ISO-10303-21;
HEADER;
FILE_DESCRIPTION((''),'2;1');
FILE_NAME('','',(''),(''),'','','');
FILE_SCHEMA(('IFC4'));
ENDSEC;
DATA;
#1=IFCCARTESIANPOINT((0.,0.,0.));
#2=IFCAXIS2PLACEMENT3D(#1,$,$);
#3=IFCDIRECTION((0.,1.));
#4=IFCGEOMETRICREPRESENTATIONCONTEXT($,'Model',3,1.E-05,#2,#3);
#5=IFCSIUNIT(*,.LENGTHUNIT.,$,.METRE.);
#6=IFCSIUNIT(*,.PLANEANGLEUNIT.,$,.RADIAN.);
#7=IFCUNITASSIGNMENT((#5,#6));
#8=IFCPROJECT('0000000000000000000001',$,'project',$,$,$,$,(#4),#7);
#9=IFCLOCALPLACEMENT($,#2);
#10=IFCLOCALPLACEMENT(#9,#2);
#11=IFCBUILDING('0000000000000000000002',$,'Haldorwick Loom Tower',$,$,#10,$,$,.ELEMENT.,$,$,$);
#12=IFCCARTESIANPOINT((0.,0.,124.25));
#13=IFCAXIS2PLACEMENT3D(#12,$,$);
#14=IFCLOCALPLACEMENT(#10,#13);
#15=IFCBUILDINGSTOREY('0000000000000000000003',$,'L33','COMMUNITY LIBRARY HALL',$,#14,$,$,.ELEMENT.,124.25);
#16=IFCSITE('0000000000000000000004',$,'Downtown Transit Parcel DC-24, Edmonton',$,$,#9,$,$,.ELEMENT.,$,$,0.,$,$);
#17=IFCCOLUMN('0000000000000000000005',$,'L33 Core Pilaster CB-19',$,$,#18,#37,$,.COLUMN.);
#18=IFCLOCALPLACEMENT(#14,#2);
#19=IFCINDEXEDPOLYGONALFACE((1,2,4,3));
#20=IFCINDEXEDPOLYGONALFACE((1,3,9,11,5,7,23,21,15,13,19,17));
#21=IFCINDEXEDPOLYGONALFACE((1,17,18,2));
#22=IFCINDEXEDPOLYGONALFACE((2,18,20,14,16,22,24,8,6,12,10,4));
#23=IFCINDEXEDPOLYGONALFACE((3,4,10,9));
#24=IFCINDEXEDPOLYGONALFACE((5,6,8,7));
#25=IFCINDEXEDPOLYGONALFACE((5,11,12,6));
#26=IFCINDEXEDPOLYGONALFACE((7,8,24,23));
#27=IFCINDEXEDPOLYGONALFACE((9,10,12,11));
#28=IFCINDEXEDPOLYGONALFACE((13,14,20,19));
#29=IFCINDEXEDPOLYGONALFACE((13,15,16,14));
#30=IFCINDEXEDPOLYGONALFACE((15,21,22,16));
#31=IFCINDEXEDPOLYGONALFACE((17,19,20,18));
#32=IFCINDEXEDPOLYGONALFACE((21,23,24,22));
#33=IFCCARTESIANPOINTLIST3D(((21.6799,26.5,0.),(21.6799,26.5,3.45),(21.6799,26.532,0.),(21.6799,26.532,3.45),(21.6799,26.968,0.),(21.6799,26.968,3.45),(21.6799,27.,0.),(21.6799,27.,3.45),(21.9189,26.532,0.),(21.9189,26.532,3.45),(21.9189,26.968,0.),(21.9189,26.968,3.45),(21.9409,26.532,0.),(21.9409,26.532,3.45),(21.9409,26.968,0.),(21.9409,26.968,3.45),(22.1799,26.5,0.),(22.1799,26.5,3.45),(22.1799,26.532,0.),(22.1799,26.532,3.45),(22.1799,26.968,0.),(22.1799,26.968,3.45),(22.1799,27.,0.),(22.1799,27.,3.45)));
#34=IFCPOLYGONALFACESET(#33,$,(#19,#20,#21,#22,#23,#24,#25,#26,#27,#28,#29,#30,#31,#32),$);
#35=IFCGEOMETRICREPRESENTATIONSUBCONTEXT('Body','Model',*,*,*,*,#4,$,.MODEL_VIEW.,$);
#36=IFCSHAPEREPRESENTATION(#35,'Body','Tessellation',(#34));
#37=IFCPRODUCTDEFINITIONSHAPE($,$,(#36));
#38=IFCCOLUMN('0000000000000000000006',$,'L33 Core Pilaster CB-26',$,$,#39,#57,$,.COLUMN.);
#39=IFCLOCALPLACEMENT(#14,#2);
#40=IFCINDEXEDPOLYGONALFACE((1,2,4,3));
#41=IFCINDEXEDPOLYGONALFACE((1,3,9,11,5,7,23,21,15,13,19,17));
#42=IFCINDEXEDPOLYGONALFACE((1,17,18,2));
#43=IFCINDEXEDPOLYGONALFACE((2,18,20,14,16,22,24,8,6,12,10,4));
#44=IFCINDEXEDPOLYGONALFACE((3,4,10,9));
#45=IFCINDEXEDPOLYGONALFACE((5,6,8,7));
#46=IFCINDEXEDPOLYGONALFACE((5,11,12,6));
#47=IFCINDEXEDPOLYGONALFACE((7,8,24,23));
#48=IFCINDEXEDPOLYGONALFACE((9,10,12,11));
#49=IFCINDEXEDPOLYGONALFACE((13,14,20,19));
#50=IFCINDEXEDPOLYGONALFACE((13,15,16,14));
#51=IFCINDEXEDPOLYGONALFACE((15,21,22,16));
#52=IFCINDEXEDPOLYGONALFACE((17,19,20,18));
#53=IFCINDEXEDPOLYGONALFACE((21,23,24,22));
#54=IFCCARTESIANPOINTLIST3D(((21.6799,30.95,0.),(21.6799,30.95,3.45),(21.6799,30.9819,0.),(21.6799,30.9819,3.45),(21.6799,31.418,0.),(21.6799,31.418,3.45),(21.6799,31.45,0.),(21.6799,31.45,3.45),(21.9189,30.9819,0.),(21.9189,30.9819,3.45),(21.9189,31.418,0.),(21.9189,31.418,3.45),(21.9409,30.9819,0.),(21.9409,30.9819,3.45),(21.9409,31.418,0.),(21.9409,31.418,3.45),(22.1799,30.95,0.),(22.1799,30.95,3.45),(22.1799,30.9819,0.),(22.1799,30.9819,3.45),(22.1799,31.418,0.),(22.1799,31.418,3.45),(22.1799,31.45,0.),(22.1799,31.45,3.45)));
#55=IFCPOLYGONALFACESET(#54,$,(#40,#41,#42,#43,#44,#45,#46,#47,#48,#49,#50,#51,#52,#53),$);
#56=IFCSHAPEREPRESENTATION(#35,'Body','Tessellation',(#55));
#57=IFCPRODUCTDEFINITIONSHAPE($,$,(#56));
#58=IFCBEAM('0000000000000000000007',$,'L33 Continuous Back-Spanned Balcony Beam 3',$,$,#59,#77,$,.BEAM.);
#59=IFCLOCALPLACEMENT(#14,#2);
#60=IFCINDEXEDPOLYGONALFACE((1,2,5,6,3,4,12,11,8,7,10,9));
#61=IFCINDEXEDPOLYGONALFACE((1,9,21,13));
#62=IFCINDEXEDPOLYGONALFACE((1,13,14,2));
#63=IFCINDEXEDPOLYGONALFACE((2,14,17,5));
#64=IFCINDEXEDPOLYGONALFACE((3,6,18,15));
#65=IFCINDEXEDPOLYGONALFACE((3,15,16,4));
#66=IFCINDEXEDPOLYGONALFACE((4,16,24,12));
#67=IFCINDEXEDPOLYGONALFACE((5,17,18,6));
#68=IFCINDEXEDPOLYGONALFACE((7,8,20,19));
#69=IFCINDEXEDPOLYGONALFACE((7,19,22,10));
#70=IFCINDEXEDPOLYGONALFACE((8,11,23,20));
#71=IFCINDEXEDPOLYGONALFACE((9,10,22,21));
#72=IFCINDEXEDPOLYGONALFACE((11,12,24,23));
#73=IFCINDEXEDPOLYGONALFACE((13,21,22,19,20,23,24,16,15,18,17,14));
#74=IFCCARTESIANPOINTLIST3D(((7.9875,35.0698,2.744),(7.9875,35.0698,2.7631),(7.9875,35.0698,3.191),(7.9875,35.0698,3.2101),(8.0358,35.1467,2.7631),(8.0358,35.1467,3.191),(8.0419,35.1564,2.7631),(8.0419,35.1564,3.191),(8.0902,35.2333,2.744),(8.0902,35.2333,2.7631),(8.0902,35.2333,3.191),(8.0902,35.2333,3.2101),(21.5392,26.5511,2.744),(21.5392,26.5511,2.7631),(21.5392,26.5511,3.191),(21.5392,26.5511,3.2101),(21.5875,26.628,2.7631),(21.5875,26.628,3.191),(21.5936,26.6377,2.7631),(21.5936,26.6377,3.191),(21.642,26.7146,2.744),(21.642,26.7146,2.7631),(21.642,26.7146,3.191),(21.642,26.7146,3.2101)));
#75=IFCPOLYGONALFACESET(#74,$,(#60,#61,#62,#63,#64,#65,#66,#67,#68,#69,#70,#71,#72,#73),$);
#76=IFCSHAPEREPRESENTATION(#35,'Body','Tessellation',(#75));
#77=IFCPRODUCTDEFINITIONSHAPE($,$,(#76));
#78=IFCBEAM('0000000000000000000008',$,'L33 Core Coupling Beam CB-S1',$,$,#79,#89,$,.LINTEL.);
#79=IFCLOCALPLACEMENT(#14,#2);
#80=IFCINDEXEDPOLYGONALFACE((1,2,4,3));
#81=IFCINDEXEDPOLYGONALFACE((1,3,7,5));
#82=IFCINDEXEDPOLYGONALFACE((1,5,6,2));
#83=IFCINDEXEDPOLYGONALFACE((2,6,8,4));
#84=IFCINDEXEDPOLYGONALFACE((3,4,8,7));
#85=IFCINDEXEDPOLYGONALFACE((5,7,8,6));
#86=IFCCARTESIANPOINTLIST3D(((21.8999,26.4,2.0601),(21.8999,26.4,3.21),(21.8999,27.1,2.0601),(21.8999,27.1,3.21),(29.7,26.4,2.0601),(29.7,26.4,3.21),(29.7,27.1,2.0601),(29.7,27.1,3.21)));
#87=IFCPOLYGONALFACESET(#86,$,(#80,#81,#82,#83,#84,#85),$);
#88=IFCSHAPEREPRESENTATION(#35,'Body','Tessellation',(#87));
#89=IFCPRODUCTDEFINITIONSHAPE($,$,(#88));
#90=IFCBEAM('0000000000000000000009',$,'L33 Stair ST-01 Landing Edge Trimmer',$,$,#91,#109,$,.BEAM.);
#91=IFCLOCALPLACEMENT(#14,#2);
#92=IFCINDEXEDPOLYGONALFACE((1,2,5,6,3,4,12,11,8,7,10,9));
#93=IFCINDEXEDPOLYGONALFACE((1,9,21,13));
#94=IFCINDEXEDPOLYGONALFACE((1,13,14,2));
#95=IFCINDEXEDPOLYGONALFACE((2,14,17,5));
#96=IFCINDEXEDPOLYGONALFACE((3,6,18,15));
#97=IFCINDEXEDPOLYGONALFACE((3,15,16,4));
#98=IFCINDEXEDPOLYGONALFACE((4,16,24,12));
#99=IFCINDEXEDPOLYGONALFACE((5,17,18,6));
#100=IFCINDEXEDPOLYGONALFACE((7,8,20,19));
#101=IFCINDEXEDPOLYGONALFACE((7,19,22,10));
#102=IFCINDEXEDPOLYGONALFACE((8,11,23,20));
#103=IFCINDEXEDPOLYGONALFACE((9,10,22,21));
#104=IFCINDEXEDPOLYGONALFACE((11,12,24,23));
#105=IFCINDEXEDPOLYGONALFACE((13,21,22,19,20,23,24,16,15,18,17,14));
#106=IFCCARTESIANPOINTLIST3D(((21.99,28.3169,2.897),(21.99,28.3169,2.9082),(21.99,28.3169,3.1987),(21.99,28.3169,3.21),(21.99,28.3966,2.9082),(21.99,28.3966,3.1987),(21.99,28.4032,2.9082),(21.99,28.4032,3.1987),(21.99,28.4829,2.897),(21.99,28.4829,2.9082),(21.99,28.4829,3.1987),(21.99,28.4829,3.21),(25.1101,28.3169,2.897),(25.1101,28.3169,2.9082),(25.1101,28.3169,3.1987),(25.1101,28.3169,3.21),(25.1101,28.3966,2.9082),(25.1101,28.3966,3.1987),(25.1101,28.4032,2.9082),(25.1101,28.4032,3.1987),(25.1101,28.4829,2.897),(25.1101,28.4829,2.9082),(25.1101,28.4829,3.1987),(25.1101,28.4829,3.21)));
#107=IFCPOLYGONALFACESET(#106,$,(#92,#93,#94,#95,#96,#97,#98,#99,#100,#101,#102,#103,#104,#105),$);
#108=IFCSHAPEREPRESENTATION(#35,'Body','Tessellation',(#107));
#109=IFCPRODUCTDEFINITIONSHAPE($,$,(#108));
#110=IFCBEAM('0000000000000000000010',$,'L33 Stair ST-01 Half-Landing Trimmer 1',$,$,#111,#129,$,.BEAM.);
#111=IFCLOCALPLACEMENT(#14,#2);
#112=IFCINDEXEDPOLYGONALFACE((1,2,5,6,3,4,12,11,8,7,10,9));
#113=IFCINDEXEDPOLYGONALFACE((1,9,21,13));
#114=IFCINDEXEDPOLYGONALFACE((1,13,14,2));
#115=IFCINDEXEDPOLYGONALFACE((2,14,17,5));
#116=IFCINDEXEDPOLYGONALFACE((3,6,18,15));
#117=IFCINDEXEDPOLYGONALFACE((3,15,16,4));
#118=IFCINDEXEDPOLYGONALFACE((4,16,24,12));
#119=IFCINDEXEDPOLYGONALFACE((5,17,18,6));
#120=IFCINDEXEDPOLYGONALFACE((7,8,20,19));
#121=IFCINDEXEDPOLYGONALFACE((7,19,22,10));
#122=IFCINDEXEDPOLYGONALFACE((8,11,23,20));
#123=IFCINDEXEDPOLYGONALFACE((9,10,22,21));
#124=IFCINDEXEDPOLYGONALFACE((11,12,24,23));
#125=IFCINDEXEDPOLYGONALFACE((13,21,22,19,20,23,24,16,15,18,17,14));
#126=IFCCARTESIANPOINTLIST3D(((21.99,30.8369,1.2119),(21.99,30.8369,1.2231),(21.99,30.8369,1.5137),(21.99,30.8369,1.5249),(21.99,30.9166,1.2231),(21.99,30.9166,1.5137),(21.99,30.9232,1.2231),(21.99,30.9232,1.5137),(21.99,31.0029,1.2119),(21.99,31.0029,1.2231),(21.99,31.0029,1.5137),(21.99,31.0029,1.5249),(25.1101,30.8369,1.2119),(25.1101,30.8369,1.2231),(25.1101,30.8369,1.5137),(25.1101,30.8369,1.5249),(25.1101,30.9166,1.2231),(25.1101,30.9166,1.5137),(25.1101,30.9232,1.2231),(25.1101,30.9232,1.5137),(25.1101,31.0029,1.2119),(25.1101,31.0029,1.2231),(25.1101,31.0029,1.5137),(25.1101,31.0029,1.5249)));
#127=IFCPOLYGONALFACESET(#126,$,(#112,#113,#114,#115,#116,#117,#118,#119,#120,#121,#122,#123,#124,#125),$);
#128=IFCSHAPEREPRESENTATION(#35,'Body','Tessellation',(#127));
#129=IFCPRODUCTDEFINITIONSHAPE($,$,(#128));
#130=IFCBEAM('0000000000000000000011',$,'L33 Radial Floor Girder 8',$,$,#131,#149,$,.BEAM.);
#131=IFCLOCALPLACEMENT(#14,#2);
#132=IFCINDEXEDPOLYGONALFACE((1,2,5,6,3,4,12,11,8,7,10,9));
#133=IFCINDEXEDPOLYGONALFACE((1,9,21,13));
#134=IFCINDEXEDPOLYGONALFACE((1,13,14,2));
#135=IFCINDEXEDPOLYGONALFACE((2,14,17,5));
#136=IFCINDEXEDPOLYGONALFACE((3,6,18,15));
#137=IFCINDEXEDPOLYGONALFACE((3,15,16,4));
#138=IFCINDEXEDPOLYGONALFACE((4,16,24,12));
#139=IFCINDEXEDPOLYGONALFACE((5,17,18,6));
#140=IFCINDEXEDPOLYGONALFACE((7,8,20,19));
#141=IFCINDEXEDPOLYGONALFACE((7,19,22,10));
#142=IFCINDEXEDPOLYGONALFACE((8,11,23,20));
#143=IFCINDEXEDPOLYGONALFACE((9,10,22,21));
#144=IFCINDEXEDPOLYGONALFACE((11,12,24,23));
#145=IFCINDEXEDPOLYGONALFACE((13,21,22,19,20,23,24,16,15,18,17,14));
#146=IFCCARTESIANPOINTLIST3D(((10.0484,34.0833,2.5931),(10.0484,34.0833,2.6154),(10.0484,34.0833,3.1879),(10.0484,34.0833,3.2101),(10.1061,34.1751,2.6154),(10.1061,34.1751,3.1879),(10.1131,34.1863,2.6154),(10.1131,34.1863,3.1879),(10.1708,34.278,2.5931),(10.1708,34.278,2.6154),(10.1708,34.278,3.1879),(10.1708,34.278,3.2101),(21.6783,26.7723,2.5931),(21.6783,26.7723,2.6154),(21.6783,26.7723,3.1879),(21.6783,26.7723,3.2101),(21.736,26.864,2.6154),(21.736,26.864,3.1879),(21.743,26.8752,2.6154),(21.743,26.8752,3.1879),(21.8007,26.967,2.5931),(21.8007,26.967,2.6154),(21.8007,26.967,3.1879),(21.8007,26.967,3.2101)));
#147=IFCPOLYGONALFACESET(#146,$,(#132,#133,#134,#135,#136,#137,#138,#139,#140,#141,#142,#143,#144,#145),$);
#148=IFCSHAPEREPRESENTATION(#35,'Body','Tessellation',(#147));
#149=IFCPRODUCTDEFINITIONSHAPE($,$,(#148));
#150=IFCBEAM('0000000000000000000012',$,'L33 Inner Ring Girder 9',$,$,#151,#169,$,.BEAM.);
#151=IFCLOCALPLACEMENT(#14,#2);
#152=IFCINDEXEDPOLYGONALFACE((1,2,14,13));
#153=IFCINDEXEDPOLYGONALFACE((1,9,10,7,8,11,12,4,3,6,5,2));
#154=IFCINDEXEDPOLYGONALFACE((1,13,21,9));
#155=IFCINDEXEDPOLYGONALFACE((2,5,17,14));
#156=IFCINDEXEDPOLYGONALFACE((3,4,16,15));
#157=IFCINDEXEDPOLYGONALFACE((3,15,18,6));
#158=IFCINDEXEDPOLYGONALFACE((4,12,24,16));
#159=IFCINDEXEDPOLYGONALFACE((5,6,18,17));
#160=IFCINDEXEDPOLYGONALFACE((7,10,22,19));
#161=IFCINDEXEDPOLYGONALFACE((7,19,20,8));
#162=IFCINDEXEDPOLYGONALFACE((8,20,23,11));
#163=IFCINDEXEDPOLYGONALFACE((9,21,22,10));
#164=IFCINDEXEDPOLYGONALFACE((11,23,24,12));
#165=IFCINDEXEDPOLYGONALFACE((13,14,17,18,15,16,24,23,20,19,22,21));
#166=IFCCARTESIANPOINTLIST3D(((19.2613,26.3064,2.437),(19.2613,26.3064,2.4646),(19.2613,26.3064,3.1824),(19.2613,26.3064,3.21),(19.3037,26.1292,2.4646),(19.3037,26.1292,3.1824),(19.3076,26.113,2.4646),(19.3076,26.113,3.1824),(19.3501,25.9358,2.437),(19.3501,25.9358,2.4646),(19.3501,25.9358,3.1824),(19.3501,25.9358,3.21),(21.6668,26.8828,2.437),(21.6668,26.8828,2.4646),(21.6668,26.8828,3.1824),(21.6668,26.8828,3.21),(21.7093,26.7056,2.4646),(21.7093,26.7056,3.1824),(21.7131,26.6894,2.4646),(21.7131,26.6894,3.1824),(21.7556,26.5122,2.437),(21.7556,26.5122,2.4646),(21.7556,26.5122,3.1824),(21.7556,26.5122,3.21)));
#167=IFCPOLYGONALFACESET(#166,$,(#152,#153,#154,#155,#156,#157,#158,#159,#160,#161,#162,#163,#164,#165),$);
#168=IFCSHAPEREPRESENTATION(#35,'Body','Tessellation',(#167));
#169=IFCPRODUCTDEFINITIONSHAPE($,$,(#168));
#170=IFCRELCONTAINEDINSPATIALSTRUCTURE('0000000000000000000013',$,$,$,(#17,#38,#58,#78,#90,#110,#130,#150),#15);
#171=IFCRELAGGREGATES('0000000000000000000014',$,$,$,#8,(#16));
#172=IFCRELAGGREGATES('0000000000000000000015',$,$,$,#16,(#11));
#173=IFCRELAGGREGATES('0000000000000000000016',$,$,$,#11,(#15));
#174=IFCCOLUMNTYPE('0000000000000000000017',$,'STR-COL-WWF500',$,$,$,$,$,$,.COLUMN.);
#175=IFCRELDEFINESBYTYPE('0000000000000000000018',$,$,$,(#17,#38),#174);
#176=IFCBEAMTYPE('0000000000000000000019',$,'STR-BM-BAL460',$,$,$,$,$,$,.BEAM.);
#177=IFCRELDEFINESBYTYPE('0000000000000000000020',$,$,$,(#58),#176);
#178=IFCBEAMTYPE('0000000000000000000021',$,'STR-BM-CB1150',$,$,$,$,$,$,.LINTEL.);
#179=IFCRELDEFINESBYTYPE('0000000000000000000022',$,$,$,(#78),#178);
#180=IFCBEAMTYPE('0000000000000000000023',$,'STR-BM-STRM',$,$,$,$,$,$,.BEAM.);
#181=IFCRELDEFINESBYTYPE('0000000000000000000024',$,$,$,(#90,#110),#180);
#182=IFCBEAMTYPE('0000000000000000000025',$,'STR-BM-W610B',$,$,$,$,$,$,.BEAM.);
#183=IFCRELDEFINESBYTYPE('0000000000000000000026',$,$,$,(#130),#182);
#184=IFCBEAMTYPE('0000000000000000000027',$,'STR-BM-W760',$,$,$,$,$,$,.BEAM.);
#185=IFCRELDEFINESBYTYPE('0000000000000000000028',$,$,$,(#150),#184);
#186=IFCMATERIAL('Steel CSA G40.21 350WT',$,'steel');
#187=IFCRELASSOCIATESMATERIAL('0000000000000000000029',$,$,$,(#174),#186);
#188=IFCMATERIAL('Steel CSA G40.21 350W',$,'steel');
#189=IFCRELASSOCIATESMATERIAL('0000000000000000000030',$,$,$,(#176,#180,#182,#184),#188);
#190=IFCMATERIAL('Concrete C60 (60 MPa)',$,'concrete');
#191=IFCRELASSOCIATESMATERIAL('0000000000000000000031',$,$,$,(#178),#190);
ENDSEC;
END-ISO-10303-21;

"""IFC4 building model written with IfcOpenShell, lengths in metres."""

from ifc_helpers import new_model, si_unit, direction, frame, origin, origin_2d, place, context, subcontext, project, spatial, rectangle, i_section, extrude, material, material_profile, profile_set, type_object, element, save


model = new_model("IFC4")

# Units and contexts
model_context = context("Model", 3, precision=1e-05, world=origin(), true_north=direction((0.0, 1.0)))
body_context = subcontext(model_context, "Body", "Model", "MODEL_VIEW")
ifc_project = project(units=[si_unit("LENGTHUNIT", "METRE"), si_unit("PLANEANGLEUNIT", "RADIAN")], contexts=[model_context])

# Site, building, storey
site_placement = place(None, origin())
site = spatial("IfcSite", under=ifc_project, at=site_placement, Name="Downtown Transit Parcel DC-24, Edmonton", CompositionType="ELEMENT", RefElevation=0.0)
building_placement = place(site_placement, origin())
building = spatial("IfcBuilding", under=site, at=building_placement, Name="Haldorwick Loom Tower", CompositionType="ELEMENT")
storey_placement = place(building_placement, frame((0.0, 0.0, 124.25)))
storey = spatial("IfcBuildingStorey", under=building, at=storey_placement, Name="L33", Description="COMMUNITY LIBRARY HALL", CompositionType="ELEMENT", Elevation=124.25)

# Columns
ifc_material_1 = material(Name="Steel CSA G40.21 350WT", Category="steel")
ifc_material_profile_1 = material_profile(ifc_material_1, i_section(OverallWidth=0.5, OverallDepth=0.5, WebThickness=0.022, FlangeThickness=0.032, at=origin_2d()), Name="WWF500X500", Category="steel")
ifc_profile_set_1 = profile_set([ifc_material_profile_1], Name="Steel CSA G40.21 350WT")
column_type = type_object("IfcColumnType", Name="STR-COL-WWF500", PredefinedType="COLUMN", material=ifc_profile_set_1)
for number, where, z_axis, x_axis, name in (
    (1, (21.9299, 26.75, 0.0), (0.0, 0.0, 1.0), (1.0, 0.0, 0.0), "L33 Core Pilaster CB-19"),
    (2, (21.9299, 31.2, 0.0), (0.0, 0.0, 1.0), (1.0, 0.0, 0.0), "L33 Core Pilaster CB-26"),
):
    element("IfcColumn", number, at=place(storey_placement, frame(where, z_axis=z_axis, x_axis=x_axis)), inside=storey, type_object=column_type, Name=name, PredefinedType="COLUMN", context=body_context, shape_type="SweptSolid", body=[
        extrude(i_section(OverallWidth=0.5, OverallDepth=0.5, WebThickness=0.022, FlangeThickness=0.032, at=origin_2d()), origin(), (0.0, 0.0, 1.0), 3.45),
    ])

# Beams
ifc_material_2 = material(Name="Steel CSA G40.21 350W", Category="steel")
ifc_material_profile_2 = material_profile(ifc_material_2, i_section(OverallWidth=0.1931, OverallDepth=0.4661, WebThickness=0.0115, FlangeThickness=0.019, at=origin_2d()), Name="W460X97", Category="steel")
ifc_profile_set_2 = profile_set([ifc_material_profile_2], Name="Steel CSA G40.21 350W")
beam_type_1 = type_object("IfcBeamType", Name="STR-BM-BAL460", PredefinedType="BEAM", material=ifc_profile_set_2)
beam_1_placement = place(storey_placement, frame((21.5906, 26.6328, 2.9771), z_axis=(-0.846621, 0.532196, 0.0), x_axis=(-0.532196, -0.846621, 0.0)))
element("IfcBeam", 3, at=beam_1_placement, inside=storey, type_object=beam_type_1, Name="L33 Continuous Back-Spanned Balcony Beam 3", PredefinedType="BEAM", context=body_context, shape_type="SweptSolid", body=[
    extrude(i_section(OverallWidth=0.1931, OverallDepth=0.4661, WebThickness=0.0115, FlangeThickness=0.019, at=origin_2d()), origin(), (0.0, 0.0, 1.0), 16.0068),
])
ifc_material_3 = material(Name="Concrete C60 (60 MPa)", Category="concrete")
ifc_material_profile_3 = material_profile(ifc_material_3, rectangle(XDim=0.7, YDim=1.1499, at=origin_2d()), Name="RC700X1150", Category="concrete")
ifc_profile_set_3 = profile_set([ifc_material_profile_3], Name="Concrete C60 (60 MPa)")
beam_type_2 = type_object("IfcBeamType", Name="STR-BM-CB1150", PredefinedType="LINTEL", material=ifc_profile_set_3)
beam_2_placement = place(storey_placement, frame((21.8999, 26.75, 2.635), z_axis=(1.0, 0.0, 0.0), x_axis=(0.0, 1.0, 0.0)))
element("IfcBeam", 4, at=beam_2_placement, inside=storey, type_object=beam_type_2, Name="L33 Core Coupling Beam CB-S1", PredefinedType="LINTEL", context=body_context, shape_type="SweptSolid", body=[
    extrude(rectangle(XDim=0.7, YDim=1.1499, at=origin_2d()), origin(), (0.0, 0.0, 1.0), 7.8),
])
ifc_material_profile_4 = material_profile(ifc_material_2, i_section(OverallWidth=0.166, OverallDepth=0.313, WebThickness=0.0066, FlangeThickness=0.0112, at=origin_2d()), Name="W310X45", Category="steel")
ifc_profile_set_4 = profile_set([ifc_material_profile_4], Name="Steel CSA G40.21 350W")
beam_type_3 = type_object("IfcBeamType", Name="STR-BM-STRM", PredefinedType="BEAM", material=ifc_profile_set_4)
for number, where, z_axis, x_axis, name in (
    (5, (21.99, 28.3999, 3.0535), (1.0, 0.0, 0.0), (0.0, 1.0, 0.0), "L33 Stair ST-01 Landing Edge Trimmer"),
    (6, (21.99, 30.9199, 1.3684), (1.0, 0.0, 0.0), (0.0, 1.0, 0.0), "L33 Stair ST-01 Half-Landing Trimmer 1"),
):
    element("IfcBeam", number, at=place(storey_placement, frame(where, z_axis=z_axis, x_axis=x_axis)), inside=storey, type_object=beam_type_3, Name=name, PredefinedType="BEAM", context=body_context, shape_type="SweptSolid", body=[
        extrude(i_section(OverallWidth=0.166, OverallDepth=0.313, WebThickness=0.0066, FlangeThickness=0.0112, at=origin_2d()), origin(), (0.0, 0.0, 1.0), 3.1201),
    ])
ifc_material_profile_5 = material_profile(ifc_material_2, i_section(OverallWidth=0.23, OverallDepth=0.6169, WebThickness=0.0132, FlangeThickness=0.0222, at=origin_2d()), Name="W610X140", Category="steel")
ifc_profile_set_5 = profile_set([ifc_material_profile_5], Name="Steel CSA G40.21 350W")
beam_type_4 = type_object("IfcBeamType", Name="STR-BM-W610B", PredefinedType="BEAM", material=ifc_profile_set_5)
beam_3_placement = place(storey_placement, frame((21.7395, 26.8696, 2.9016), z_axis=(-0.84661, 0.532214, 0.0), x_axis=(-0.532214, -0.84661, 0.0)))
element("IfcBeam", 7, at=beam_3_placement, inside=storey, type_object=beam_type_4, Name="L33 Radial Floor Girder 8", PredefinedType="BEAM", context=body_context, shape_type="SweptSolid", body=[
    extrude(i_section(OverallWidth=0.23, OverallDepth=0.6169, WebThickness=0.0132, FlangeThickness=0.0222, at=origin_2d()), origin(), (0.0, 0.0, 1.0), 13.7371),
])
ifc_material_profile_6 = material_profile(ifc_material_2, i_section(OverallWidth=0.3811, OverallDepth=0.7729, WebThickness=0.0166, FlangeThickness=0.0276, at=origin_2d()), Name="W760X257", Category="steel")
ifc_profile_set_6 = profile_set([ifc_material_profile_6], Name="Steel CSA G40.21 350W")
beam_type_5 = type_object("IfcBeamType", Name="STR-BM-W760", PredefinedType="BEAM", material=ifc_profile_set_6)
beam_4_placement = place(storey_placement, frame((19.3057, 26.1211, 2.8235), z_axis=(0.972471, 0.233026, 0.0), x_axis=(-0.233026, 0.972471, 0.0)))
element("IfcBeam", 8, at=beam_4_placement, inside=storey, type_object=beam_type_5, Name="L33 Inner Ring Girder 9", PredefinedType="BEAM", context=body_context, shape_type="SweptSolid", body=[
    extrude(i_section(OverallWidth=0.3811, OverallDepth=0.7729, WebThickness=0.0166, FlangeThickness=0.0276, at=origin_2d()), origin(), (0.0, 0.0, 1.0), 2.4736),
])

save(model, "model.ifc")
